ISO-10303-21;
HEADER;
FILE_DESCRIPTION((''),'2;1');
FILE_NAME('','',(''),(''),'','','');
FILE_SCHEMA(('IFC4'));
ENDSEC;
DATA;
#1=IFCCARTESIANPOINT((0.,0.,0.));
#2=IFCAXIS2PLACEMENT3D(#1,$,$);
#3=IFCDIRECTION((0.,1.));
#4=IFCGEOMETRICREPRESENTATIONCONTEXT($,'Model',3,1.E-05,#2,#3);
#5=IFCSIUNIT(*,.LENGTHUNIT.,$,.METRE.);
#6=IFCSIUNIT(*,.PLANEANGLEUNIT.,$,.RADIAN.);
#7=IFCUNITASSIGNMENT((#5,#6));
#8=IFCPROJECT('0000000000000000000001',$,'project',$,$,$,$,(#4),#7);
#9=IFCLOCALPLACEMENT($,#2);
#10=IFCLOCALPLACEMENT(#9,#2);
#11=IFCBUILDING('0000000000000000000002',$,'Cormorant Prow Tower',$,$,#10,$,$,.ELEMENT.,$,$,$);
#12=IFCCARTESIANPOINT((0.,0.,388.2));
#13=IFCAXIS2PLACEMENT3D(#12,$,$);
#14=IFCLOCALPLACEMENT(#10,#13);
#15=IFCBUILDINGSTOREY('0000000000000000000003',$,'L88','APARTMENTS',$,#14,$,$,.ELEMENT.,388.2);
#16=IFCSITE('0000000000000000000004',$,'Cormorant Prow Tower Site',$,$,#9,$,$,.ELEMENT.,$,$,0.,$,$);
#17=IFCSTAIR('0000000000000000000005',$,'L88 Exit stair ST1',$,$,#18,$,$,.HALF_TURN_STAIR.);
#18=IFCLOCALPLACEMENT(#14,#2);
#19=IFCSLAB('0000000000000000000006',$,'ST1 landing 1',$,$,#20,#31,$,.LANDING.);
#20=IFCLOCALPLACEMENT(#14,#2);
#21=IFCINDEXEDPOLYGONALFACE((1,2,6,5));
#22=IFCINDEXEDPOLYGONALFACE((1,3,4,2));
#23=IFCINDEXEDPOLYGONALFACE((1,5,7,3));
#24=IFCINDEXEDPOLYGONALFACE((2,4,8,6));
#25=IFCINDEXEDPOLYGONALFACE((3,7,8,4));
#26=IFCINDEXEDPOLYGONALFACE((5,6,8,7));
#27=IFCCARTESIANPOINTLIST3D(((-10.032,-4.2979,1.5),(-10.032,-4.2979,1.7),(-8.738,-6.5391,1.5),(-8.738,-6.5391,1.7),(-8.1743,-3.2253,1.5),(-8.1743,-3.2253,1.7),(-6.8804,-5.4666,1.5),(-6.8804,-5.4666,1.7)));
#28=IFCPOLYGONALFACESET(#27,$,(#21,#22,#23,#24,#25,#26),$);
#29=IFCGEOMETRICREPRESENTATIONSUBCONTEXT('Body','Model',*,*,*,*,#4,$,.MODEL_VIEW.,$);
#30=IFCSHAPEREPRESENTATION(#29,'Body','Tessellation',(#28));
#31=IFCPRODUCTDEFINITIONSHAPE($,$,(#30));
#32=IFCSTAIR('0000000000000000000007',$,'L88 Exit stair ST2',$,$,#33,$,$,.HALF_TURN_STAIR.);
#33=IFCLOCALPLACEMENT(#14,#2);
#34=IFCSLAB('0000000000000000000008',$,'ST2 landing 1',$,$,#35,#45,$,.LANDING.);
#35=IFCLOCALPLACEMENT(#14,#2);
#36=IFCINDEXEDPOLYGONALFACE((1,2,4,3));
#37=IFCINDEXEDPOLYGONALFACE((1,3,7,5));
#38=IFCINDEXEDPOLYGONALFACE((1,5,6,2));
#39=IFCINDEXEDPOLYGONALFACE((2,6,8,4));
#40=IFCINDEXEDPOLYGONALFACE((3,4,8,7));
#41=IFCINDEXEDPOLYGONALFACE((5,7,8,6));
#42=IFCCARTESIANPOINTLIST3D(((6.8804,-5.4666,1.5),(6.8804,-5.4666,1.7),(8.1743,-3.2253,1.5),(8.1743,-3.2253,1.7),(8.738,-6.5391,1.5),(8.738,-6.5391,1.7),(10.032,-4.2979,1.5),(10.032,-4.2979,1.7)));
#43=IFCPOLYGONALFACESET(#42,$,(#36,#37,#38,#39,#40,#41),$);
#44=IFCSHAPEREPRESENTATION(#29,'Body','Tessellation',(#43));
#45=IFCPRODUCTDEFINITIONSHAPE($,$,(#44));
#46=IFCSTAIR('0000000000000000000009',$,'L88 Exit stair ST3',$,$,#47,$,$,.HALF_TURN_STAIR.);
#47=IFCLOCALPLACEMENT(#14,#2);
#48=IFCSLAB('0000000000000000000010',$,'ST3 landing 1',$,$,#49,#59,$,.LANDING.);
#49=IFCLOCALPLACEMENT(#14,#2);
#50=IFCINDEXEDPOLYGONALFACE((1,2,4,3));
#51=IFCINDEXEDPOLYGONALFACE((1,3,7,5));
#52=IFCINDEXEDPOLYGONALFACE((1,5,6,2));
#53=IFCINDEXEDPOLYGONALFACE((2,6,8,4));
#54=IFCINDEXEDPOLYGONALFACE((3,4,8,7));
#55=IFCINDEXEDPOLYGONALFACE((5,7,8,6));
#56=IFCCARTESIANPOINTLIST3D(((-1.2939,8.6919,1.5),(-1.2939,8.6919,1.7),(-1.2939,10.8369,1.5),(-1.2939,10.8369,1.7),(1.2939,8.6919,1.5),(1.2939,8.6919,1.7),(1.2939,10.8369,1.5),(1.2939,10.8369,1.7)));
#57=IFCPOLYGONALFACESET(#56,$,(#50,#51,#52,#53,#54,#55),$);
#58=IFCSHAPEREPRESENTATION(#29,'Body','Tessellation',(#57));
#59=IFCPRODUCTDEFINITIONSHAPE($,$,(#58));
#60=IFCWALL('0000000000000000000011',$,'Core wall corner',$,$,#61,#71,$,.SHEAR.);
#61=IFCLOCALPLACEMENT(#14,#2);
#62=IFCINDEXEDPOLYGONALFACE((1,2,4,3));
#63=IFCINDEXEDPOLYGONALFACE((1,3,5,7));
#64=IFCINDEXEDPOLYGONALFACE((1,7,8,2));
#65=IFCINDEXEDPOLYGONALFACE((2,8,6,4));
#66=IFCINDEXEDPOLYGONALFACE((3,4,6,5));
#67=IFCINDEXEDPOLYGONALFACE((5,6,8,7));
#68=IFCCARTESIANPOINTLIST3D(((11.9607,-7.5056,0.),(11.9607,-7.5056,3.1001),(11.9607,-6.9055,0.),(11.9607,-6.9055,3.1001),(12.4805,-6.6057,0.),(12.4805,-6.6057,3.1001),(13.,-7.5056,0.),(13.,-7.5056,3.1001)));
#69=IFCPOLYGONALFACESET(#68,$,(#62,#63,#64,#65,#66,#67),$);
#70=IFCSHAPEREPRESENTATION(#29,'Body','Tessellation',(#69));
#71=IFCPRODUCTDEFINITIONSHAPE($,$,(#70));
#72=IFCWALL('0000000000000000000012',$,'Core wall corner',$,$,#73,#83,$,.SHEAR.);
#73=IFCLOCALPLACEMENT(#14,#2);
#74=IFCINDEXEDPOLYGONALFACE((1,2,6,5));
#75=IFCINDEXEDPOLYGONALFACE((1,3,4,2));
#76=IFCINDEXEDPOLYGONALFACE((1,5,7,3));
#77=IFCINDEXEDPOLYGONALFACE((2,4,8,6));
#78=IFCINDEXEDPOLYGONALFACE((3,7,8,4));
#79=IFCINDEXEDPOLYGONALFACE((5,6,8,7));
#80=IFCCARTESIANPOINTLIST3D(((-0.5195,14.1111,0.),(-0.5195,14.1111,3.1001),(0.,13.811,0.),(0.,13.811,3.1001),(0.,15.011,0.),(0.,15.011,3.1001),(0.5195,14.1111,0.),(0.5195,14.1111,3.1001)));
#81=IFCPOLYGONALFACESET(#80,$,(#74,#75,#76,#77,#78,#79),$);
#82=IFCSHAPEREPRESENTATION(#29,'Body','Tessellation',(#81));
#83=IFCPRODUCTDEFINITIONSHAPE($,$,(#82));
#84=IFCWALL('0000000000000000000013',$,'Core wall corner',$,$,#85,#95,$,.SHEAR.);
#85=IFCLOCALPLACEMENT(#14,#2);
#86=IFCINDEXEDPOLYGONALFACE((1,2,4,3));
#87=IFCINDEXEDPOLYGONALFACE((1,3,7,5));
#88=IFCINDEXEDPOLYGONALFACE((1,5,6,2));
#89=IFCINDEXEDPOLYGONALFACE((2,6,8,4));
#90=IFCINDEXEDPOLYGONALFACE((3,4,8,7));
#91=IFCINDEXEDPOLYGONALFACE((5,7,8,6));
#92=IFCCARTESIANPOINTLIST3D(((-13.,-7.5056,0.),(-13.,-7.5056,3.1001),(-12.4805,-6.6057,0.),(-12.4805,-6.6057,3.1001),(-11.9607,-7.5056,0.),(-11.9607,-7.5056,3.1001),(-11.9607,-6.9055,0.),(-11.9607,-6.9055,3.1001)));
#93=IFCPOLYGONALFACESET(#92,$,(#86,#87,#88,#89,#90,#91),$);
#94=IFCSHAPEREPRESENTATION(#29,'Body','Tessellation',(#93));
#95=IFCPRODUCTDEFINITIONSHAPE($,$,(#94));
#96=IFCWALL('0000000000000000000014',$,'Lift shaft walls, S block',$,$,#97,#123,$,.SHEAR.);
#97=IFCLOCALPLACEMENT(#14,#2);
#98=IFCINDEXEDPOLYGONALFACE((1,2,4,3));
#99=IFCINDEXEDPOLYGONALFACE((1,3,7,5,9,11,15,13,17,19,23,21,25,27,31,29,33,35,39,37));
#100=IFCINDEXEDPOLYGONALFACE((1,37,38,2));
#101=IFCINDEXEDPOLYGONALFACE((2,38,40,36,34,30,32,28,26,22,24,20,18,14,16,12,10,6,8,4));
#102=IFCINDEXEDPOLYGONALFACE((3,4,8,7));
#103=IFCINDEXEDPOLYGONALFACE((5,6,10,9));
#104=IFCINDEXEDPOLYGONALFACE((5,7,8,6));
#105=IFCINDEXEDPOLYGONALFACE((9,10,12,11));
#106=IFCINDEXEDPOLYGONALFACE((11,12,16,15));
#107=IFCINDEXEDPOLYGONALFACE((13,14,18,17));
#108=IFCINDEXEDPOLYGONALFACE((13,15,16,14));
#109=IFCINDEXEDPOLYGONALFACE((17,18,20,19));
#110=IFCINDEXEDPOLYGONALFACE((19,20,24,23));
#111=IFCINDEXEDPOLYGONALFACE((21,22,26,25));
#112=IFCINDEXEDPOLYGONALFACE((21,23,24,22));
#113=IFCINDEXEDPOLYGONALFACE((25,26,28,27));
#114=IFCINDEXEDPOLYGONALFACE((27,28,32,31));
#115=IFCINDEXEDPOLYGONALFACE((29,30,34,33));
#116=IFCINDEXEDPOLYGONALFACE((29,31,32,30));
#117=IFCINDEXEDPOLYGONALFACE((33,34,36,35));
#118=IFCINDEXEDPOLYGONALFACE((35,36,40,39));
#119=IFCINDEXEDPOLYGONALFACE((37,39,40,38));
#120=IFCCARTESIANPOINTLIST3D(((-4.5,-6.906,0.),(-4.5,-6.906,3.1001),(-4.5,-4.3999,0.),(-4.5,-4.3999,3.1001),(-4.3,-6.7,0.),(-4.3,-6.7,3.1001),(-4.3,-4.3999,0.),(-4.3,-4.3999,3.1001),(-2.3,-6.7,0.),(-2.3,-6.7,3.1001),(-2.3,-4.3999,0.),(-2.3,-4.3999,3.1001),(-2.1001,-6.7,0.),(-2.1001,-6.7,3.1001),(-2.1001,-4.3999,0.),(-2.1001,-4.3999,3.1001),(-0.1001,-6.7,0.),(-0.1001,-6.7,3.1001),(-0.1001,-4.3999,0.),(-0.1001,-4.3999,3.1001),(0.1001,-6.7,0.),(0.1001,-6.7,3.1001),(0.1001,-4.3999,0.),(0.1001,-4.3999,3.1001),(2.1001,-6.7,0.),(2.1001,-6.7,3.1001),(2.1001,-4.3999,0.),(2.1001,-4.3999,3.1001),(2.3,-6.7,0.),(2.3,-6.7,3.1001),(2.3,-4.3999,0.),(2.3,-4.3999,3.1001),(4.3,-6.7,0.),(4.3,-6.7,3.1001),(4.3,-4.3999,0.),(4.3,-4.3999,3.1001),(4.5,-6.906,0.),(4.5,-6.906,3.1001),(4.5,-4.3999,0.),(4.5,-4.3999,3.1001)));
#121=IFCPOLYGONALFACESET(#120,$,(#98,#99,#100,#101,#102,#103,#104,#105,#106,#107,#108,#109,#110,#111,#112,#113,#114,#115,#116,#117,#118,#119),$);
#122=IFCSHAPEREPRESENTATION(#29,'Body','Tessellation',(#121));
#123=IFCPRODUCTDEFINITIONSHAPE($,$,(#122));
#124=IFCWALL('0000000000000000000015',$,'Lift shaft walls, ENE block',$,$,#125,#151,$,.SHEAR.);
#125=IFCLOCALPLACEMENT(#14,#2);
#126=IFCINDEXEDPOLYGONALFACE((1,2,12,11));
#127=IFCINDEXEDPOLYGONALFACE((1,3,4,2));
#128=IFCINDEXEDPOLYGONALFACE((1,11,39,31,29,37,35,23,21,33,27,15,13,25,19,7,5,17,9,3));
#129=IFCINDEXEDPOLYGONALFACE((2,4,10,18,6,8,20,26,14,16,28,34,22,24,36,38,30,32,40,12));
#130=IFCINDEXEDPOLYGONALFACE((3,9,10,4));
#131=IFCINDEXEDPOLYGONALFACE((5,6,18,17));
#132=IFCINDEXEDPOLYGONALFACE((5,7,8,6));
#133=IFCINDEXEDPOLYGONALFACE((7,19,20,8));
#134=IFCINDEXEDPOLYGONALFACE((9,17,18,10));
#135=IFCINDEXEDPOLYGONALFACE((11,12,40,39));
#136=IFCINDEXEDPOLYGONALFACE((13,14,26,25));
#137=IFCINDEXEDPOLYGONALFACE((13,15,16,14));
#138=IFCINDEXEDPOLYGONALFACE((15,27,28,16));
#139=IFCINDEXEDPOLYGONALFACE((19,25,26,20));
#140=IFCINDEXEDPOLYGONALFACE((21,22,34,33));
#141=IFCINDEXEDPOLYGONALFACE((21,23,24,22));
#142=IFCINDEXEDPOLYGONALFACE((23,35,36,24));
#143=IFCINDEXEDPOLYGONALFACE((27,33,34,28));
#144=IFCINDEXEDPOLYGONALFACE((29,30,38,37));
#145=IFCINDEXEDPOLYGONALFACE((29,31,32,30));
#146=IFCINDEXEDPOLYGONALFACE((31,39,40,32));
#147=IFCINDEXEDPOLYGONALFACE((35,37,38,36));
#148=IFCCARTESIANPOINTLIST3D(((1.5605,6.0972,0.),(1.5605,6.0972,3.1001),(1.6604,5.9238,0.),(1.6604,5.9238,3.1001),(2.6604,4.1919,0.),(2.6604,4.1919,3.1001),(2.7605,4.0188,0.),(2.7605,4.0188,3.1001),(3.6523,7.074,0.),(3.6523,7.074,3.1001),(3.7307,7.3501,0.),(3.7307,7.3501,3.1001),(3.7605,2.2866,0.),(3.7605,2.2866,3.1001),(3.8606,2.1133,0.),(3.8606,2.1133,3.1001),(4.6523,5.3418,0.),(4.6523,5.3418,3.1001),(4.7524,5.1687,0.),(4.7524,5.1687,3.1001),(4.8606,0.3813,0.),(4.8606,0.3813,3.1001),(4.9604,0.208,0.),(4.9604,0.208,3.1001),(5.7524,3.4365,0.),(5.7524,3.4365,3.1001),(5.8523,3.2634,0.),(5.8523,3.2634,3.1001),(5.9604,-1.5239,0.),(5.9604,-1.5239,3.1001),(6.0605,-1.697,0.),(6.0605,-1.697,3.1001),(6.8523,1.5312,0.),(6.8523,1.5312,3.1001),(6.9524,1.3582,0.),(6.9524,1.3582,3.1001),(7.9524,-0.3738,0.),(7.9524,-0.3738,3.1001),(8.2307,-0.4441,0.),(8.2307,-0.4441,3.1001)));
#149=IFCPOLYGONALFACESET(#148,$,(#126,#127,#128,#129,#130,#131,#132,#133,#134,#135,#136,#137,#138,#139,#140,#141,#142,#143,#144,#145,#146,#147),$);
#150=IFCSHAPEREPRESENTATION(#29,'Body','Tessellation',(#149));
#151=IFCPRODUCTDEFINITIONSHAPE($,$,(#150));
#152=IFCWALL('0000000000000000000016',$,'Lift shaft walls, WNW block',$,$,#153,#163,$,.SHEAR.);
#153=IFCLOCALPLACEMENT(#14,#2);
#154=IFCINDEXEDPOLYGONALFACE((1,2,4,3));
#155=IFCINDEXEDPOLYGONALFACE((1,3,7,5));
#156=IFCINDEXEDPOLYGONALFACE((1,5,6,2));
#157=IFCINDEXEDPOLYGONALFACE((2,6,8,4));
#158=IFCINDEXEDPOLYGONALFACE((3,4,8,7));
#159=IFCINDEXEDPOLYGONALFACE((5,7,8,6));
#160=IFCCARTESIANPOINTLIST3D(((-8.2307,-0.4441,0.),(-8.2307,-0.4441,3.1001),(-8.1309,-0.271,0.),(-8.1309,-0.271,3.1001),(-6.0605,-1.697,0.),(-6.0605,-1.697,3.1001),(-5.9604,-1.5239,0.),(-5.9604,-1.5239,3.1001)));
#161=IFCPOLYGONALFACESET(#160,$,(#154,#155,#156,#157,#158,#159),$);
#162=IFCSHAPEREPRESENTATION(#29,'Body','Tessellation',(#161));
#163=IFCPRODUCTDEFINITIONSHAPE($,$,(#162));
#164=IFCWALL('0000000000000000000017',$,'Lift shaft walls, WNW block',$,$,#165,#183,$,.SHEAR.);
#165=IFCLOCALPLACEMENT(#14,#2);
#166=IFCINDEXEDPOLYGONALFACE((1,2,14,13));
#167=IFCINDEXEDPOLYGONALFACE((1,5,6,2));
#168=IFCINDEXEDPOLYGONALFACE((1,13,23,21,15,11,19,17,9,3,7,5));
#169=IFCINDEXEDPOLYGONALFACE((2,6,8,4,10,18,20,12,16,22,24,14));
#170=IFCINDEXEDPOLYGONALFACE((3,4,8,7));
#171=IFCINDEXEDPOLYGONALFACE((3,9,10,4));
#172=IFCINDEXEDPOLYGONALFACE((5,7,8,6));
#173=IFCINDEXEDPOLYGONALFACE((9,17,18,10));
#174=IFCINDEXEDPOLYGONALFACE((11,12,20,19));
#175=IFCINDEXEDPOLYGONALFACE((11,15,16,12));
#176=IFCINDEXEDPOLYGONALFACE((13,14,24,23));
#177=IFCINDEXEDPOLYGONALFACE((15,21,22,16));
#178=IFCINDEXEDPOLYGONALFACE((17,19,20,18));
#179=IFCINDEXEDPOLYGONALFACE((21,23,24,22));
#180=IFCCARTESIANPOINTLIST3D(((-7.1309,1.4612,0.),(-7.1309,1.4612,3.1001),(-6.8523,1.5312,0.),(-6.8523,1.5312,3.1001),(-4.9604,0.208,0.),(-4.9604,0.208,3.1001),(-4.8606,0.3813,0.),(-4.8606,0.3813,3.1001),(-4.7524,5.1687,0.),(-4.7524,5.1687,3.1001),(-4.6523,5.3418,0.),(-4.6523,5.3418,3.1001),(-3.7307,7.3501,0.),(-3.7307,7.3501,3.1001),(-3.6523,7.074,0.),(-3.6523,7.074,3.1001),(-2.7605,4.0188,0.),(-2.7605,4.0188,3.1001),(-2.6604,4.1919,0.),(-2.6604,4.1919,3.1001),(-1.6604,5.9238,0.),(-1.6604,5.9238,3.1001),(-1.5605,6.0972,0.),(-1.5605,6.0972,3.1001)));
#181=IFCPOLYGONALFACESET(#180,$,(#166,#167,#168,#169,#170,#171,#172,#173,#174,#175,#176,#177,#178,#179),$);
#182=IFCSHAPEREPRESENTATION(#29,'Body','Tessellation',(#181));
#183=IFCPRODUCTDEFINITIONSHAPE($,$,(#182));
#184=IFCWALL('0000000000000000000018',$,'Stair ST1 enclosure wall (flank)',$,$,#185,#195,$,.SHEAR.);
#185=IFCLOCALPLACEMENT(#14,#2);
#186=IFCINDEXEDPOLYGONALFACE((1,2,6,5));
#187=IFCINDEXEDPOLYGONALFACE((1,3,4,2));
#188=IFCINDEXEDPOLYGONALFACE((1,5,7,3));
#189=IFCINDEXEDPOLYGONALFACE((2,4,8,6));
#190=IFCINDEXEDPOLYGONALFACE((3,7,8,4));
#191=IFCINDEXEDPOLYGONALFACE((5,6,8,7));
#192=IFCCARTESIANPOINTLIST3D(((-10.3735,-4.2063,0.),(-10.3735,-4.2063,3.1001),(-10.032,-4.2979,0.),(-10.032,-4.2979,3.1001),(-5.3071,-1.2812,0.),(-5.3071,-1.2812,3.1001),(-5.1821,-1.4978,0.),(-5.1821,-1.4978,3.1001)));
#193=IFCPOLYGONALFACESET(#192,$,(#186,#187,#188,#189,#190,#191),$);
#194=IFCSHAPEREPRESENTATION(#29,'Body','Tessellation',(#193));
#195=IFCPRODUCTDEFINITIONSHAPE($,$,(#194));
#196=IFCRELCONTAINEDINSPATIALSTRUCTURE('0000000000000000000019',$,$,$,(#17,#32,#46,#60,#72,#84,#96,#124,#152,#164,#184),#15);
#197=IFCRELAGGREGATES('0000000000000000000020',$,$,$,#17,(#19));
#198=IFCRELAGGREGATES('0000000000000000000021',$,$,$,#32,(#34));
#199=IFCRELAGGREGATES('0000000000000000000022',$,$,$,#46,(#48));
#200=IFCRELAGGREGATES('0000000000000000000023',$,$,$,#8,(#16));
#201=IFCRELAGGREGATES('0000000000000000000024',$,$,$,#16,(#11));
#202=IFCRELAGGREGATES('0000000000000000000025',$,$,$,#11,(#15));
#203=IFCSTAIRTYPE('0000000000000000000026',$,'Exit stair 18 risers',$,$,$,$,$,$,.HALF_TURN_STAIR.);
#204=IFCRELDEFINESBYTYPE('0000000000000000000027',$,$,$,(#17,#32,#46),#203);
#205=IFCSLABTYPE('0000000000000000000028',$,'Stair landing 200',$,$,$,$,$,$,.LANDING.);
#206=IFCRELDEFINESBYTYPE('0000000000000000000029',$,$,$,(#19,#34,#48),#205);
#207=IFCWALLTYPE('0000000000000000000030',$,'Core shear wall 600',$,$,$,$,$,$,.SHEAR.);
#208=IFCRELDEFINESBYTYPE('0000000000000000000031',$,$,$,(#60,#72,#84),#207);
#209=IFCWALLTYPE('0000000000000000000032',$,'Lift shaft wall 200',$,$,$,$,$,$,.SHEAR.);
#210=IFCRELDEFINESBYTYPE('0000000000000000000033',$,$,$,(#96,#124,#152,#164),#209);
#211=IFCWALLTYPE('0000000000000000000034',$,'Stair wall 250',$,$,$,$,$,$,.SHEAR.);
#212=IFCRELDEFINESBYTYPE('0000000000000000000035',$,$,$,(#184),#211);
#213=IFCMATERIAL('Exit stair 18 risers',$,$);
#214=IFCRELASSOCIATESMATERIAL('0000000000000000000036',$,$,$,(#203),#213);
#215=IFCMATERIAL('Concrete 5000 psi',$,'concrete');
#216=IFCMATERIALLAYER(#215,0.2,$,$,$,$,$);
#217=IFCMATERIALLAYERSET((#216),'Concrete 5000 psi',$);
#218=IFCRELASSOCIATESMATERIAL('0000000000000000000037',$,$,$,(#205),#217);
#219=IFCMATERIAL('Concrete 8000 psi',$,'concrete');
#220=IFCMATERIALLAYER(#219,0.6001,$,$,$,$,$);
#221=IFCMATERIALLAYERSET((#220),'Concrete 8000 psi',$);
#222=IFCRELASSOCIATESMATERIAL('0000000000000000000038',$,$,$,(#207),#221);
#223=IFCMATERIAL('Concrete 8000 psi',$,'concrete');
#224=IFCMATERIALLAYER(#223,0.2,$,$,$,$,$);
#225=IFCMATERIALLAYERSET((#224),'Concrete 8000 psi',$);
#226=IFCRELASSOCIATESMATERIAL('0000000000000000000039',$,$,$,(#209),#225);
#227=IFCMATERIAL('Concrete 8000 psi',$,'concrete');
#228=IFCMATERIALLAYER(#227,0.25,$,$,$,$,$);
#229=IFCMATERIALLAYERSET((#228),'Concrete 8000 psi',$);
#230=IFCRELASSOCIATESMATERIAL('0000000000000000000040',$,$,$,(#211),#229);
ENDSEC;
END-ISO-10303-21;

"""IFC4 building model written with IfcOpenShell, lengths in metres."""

from ifc_helpers import new_model, si_unit, direction, frame, origin, place, context, subcontext, project, spatial, polyline, outline, extrude, material, layer, layer_set, type_object, element, aggregate, save


model = new_model("IFC4")

# Units and contexts
model_context = context("Model", 3, precision=1e-05, world=origin(), true_north=direction((0.0, 1.0)))
body_context = subcontext(model_context, "Body", "Model", "MODEL_VIEW")
ifc_project = project(units=[si_unit("LENGTHUNIT", "METRE"), si_unit("PLANEANGLEUNIT", "RADIAN")], contexts=[model_context])

# Site, building, storey
site_placement = place(None, origin())
site = spatial("IfcSite", under=ifc_project, at=site_placement, Name="Cormorant Prow Tower Site", CompositionType="ELEMENT", RefElevation=0.0)
building_placement = place(site_placement, origin())
building = spatial("IfcBuilding", under=site, at=building_placement, Name="Cormorant Prow Tower", CompositionType="ELEMENT")
storey_placement = place(building_placement, frame((0.0, 0.0, 388.2)))
storey = spatial("IfcBuildingStorey", under=building, at=storey_placement, Name="L88", Description="APARTMENTS", CompositionType="ELEMENT", Elevation=388.2)

# Stairs, slabs
ifc_material_1 = material(Name="Exit stair 18 risers")
stair_type = type_object("IfcStairType", Name="Exit stair 18 risers", PredefinedType="HALF_TURN_STAIR", material=ifc_material_1)
stair_1_placement = place(storey_placement, origin())
stair_1 = element("IfcStair", 1, at=stair_1_placement, inside=storey, type_object=stair_type, Name="L88 Exit stair ST1", PredefinedType="HALF_TURN_STAIR")
ifc_material_2 = material(Name="Concrete 5000 psi", Category="concrete")
ifc_layer_1 = layer(ifc_material_2, 0.2)
ifc_layer_set_1 = layer_set([ifc_layer_1], Name="Concrete 5000 psi")
slab_type = type_object("IfcSlabType", Name="Stair landing 200", PredefinedType="LANDING", material=ifc_layer_set_1)
slab_1_placement = place(storey_placement, frame((0.0, 0.0, 1.5)))
slab_1 = element("IfcSlab", 2, at=slab_1_placement, type_object=slab_type, Name="ST1 landing 1", PredefinedType="LANDING", context=body_context, shape_type="SweptSolid", body=[
    extrude(outline(polyline([(-8.1743, -3.2253), (-10.032, -4.2979), (-8.738, -6.5391), (-6.8804, -5.4666), (-8.1743, -3.2253)])), origin(), (0.0, 0.0, 1.0), 0.2),
])
aggregate(stair_1, [slab_1])
stair_2_placement = place(storey_placement, origin())
stair_2 = element("IfcStair", 3, at=stair_2_placement, inside=storey, type_object=stair_type, Name="L88 Exit stair ST2", PredefinedType="HALF_TURN_STAIR")
slab_2_placement = place(storey_placement, frame((0.0, 0.0, 1.5)))
slab_2 = element("IfcSlab", 4, at=slab_2_placement, type_object=slab_type, Name="ST2 landing 1", PredefinedType="LANDING", context=body_context, shape_type="SweptSolid", body=[
    extrude(outline(polyline([(6.8804, -5.4666), (8.738, -6.5391), (10.032, -4.2979), (8.1743, -3.2253), (6.8804, -5.4666)])), origin(), (0.0, 0.0, 1.0), 0.2),
])
aggregate(stair_2, [slab_2])
stair_3_placement = place(storey_placement, origin())
stair_3 = element("IfcStair", 5, at=stair_3_placement, inside=storey, type_object=stair_type, Name="L88 Exit stair ST3", PredefinedType="HALF_TURN_STAIR")
slab_3_placement = place(storey_placement, frame((0.0, 0.0, 1.5)))
slab_3 = element("IfcSlab", 6, at=slab_3_placement, type_object=slab_type, Name="ST3 landing 1", PredefinedType="LANDING", context=body_context, shape_type="SweptSolid", body=[
    extrude(outline(polyline([(1.2939, 8.6919), (1.2939, 10.8369), (-1.2939, 10.8369), (-1.2939, 8.6919), (1.2939, 8.6919)])), origin(), (0.0, 0.0, 1.0), 0.2),
])

# Walls
ifc_material_3 = material(Name="Concrete 8000 psi", Category="concrete")
ifc_layer_2 = layer(ifc_material_3, 0.6001)
ifc_layer_set_2 = layer_set([ifc_layer_2], Name="Concrete 8000 psi")
wall_type_1 = type_object("IfcWallType", Name="Core shear wall 600", PredefinedType="SHEAR", material=ifc_layer_set_2)
wall_1_placement = place(storey_placement, origin())
element("IfcWall", 7, at=wall_1_placement, inside=storey, type_object=wall_type_1, Name="Core wall corner", PredefinedType="SHEAR", context=body_context, shape_type="SweptSolid", body=[
    extrude(outline(polyline([(11.9607, -7.5056), (11.9607, -6.9055), (12.4805, -6.6057), (13.0, -7.5056), (11.9607, -7.5056)])), origin(), (0.0, 0.0, 1.0), 3.1001),
])
wall_2_placement = place(storey_placement, origin())
element("IfcWall", 8, at=wall_2_placement, inside=storey, type_object=wall_type_1, Name="Core wall corner", PredefinedType="SHEAR", context=body_context, shape_type="SweptSolid", body=[
    extrude(outline(polyline([(-0.5195, 14.1111), (0.0, 15.011), (0.5195, 14.1111), (0.0, 13.811), (-0.5195, 14.1111)])), origin(), (0.0, 0.0, 1.0), 3.1001),
])
wall_3_placement = place(storey_placement, origin())
element("IfcWall", 9, at=wall_3_placement, inside=storey, type_object=wall_type_1, Name="Core wall corner", PredefinedType="SHEAR", context=body_context, shape_type="SweptSolid", body=[
    extrude(outline(polyline([(-12.4805, -6.6057), (-11.9607, -6.9055), (-11.9607, -7.5056), (-13.0, -7.5056), (-12.4805, -6.6057)])), origin(), (0.0, 0.0, 1.0), 3.1001),
])
ifc_material_4 = material(Name="Concrete 8000 psi", Category="concrete")
ifc_layer_3 = layer(ifc_material_4, 0.2)
ifc_layer_set_3 = layer_set([ifc_layer_3], Name="Concrete 8000 psi")
wall_type_2 = type_object("IfcWallType", Name="Lift shaft wall 200", PredefinedType="SHEAR", material=ifc_layer_set_3)
wall_4_placement = place(storey_placement, origin())
element("IfcWall", 10, at=wall_4_placement, inside=storey, type_object=wall_type_2, Name="Lift shaft walls, S block", PredefinedType="SHEAR", context=body_context, shape_type="SweptSolid", body=[
    extrude(outline(polyline([(4.5, -4.3999), (4.5, -6.906), (-4.5, -6.906), (-4.5, -4.3999), (-4.3, -4.3999), (-4.3, -6.7), (-2.3, -6.7), (-2.3, -4.3999), (-2.1001, -4.3999), (-2.1001, -6.7), (-0.1001, -6.7), (-0.1001, -4.3999), (0.1001, -4.3999), (0.1001, -6.7), (2.1001, -6.7), (2.1001, -4.3999), (2.3, -4.3999), (2.3, -6.7), (4.3, -6.7), (4.3, -4.3999), (4.5, -4.3999)])), origin(), (0.0, 0.0, 1.0), 3.1001),
])
wall_5_placement = place(storey_placement, origin())
element("IfcWall", 11, at=wall_5_placement, inside=storey, type_object=wall_type_2, Name="Lift shaft walls, ENE block", PredefinedType="SHEAR", context=body_context, shape_type="SweptSolid", body=[
    extrude(outline(polyline([(1.5605, 6.0972), (3.7307, 7.3501), (8.2307, -0.4441), (6.0605, -1.697), (5.9604, -1.5239), (7.9524, -0.3738), (6.9524, 1.3582), (4.9604, 0.208), (4.8606, 0.3813), (6.8523, 1.5312), (5.8523, 3.2634), (3.8606, 2.1133), (3.7605, 2.2866), (5.7524, 3.4365), (4.7524, 5.1687), (2.7605, 4.0188), (2.6604, 4.1919), (4.6523, 5.3418), (3.6523, 7.074), (1.6604, 5.9238), (1.5605, 6.0972)])), origin(), (0.0, 0.0, 1.0), 3.1001),
])
wall_6_placement = place(storey_placement, origin())
element("IfcWall", 12, at=wall_6_placement, inside=storey, type_object=wall_type_2, Name="Lift shaft walls, WNW block", PredefinedType="SHEAR", context=body_context, shape_type="SweptSolid", body=[
    extrude(outline(polyline([(-6.0605, -1.697), (-8.2307, -0.4441), (-8.1309, -0.271), (-5.9604, -1.5239), (-6.0605, -1.697)])), origin(), (0.0, 0.0, 1.0), 3.1001),
])
wall_7_placement = place(storey_placement, origin())
element("IfcWall", 13, at=wall_7_placement, inside=storey, type_object=wall_type_2, Name="Lift shaft walls, WNW block", PredefinedType="SHEAR", context=body_context, shape_type="SweptSolid", body=[
    extrude(outline(polyline([(-4.9604, 0.208), (-7.1309, 1.4612), (-3.7307, 7.3501), (-1.5605, 6.0972), (-1.6604, 5.9238), (-3.6523, 7.074), (-4.6523, 5.3418), (-2.6604, 4.1919), (-2.7605, 4.0188), (-4.7524, 5.1687), (-6.8523, 1.5312), (-4.8606, 0.3813), (-4.9604, 0.208)])), origin(), (0.0, 0.0, 1.0), 3.1001),
])
ifc_material_5 = material(Name="Concrete 8000 psi", Category="concrete")
ifc_layer_4 = layer(ifc_material_5, 0.25)
ifc_layer_set_4 = layer_set([ifc_layer_4], Name="Concrete 8000 psi")
wall_type_3 = type_object("IfcWallType", Name="Stair wall 250", PredefinedType="SHEAR", material=ifc_layer_set_4)
wall_8_placement = place(storey_placement, origin())
element("IfcWall", 14, at=wall_8_placement, inside=storey, type_object=wall_type_3, Name="Stair ST1 enclosure wall (flank)", PredefinedType="SHEAR", context=body_context, shape_type="SweptSolid", body=[
    extrude(outline(polyline([(-5.3071, -1.2812), (-10.3735, -4.2063), (-10.032, -4.2979), (-5.1821, -1.4978), (-5.3071, -1.2812)])), origin(), (0.0, 0.0, 1.0), 3.1001),
])

aggregate(stair_3, [slab_3])

save(model, "model.ifc")
